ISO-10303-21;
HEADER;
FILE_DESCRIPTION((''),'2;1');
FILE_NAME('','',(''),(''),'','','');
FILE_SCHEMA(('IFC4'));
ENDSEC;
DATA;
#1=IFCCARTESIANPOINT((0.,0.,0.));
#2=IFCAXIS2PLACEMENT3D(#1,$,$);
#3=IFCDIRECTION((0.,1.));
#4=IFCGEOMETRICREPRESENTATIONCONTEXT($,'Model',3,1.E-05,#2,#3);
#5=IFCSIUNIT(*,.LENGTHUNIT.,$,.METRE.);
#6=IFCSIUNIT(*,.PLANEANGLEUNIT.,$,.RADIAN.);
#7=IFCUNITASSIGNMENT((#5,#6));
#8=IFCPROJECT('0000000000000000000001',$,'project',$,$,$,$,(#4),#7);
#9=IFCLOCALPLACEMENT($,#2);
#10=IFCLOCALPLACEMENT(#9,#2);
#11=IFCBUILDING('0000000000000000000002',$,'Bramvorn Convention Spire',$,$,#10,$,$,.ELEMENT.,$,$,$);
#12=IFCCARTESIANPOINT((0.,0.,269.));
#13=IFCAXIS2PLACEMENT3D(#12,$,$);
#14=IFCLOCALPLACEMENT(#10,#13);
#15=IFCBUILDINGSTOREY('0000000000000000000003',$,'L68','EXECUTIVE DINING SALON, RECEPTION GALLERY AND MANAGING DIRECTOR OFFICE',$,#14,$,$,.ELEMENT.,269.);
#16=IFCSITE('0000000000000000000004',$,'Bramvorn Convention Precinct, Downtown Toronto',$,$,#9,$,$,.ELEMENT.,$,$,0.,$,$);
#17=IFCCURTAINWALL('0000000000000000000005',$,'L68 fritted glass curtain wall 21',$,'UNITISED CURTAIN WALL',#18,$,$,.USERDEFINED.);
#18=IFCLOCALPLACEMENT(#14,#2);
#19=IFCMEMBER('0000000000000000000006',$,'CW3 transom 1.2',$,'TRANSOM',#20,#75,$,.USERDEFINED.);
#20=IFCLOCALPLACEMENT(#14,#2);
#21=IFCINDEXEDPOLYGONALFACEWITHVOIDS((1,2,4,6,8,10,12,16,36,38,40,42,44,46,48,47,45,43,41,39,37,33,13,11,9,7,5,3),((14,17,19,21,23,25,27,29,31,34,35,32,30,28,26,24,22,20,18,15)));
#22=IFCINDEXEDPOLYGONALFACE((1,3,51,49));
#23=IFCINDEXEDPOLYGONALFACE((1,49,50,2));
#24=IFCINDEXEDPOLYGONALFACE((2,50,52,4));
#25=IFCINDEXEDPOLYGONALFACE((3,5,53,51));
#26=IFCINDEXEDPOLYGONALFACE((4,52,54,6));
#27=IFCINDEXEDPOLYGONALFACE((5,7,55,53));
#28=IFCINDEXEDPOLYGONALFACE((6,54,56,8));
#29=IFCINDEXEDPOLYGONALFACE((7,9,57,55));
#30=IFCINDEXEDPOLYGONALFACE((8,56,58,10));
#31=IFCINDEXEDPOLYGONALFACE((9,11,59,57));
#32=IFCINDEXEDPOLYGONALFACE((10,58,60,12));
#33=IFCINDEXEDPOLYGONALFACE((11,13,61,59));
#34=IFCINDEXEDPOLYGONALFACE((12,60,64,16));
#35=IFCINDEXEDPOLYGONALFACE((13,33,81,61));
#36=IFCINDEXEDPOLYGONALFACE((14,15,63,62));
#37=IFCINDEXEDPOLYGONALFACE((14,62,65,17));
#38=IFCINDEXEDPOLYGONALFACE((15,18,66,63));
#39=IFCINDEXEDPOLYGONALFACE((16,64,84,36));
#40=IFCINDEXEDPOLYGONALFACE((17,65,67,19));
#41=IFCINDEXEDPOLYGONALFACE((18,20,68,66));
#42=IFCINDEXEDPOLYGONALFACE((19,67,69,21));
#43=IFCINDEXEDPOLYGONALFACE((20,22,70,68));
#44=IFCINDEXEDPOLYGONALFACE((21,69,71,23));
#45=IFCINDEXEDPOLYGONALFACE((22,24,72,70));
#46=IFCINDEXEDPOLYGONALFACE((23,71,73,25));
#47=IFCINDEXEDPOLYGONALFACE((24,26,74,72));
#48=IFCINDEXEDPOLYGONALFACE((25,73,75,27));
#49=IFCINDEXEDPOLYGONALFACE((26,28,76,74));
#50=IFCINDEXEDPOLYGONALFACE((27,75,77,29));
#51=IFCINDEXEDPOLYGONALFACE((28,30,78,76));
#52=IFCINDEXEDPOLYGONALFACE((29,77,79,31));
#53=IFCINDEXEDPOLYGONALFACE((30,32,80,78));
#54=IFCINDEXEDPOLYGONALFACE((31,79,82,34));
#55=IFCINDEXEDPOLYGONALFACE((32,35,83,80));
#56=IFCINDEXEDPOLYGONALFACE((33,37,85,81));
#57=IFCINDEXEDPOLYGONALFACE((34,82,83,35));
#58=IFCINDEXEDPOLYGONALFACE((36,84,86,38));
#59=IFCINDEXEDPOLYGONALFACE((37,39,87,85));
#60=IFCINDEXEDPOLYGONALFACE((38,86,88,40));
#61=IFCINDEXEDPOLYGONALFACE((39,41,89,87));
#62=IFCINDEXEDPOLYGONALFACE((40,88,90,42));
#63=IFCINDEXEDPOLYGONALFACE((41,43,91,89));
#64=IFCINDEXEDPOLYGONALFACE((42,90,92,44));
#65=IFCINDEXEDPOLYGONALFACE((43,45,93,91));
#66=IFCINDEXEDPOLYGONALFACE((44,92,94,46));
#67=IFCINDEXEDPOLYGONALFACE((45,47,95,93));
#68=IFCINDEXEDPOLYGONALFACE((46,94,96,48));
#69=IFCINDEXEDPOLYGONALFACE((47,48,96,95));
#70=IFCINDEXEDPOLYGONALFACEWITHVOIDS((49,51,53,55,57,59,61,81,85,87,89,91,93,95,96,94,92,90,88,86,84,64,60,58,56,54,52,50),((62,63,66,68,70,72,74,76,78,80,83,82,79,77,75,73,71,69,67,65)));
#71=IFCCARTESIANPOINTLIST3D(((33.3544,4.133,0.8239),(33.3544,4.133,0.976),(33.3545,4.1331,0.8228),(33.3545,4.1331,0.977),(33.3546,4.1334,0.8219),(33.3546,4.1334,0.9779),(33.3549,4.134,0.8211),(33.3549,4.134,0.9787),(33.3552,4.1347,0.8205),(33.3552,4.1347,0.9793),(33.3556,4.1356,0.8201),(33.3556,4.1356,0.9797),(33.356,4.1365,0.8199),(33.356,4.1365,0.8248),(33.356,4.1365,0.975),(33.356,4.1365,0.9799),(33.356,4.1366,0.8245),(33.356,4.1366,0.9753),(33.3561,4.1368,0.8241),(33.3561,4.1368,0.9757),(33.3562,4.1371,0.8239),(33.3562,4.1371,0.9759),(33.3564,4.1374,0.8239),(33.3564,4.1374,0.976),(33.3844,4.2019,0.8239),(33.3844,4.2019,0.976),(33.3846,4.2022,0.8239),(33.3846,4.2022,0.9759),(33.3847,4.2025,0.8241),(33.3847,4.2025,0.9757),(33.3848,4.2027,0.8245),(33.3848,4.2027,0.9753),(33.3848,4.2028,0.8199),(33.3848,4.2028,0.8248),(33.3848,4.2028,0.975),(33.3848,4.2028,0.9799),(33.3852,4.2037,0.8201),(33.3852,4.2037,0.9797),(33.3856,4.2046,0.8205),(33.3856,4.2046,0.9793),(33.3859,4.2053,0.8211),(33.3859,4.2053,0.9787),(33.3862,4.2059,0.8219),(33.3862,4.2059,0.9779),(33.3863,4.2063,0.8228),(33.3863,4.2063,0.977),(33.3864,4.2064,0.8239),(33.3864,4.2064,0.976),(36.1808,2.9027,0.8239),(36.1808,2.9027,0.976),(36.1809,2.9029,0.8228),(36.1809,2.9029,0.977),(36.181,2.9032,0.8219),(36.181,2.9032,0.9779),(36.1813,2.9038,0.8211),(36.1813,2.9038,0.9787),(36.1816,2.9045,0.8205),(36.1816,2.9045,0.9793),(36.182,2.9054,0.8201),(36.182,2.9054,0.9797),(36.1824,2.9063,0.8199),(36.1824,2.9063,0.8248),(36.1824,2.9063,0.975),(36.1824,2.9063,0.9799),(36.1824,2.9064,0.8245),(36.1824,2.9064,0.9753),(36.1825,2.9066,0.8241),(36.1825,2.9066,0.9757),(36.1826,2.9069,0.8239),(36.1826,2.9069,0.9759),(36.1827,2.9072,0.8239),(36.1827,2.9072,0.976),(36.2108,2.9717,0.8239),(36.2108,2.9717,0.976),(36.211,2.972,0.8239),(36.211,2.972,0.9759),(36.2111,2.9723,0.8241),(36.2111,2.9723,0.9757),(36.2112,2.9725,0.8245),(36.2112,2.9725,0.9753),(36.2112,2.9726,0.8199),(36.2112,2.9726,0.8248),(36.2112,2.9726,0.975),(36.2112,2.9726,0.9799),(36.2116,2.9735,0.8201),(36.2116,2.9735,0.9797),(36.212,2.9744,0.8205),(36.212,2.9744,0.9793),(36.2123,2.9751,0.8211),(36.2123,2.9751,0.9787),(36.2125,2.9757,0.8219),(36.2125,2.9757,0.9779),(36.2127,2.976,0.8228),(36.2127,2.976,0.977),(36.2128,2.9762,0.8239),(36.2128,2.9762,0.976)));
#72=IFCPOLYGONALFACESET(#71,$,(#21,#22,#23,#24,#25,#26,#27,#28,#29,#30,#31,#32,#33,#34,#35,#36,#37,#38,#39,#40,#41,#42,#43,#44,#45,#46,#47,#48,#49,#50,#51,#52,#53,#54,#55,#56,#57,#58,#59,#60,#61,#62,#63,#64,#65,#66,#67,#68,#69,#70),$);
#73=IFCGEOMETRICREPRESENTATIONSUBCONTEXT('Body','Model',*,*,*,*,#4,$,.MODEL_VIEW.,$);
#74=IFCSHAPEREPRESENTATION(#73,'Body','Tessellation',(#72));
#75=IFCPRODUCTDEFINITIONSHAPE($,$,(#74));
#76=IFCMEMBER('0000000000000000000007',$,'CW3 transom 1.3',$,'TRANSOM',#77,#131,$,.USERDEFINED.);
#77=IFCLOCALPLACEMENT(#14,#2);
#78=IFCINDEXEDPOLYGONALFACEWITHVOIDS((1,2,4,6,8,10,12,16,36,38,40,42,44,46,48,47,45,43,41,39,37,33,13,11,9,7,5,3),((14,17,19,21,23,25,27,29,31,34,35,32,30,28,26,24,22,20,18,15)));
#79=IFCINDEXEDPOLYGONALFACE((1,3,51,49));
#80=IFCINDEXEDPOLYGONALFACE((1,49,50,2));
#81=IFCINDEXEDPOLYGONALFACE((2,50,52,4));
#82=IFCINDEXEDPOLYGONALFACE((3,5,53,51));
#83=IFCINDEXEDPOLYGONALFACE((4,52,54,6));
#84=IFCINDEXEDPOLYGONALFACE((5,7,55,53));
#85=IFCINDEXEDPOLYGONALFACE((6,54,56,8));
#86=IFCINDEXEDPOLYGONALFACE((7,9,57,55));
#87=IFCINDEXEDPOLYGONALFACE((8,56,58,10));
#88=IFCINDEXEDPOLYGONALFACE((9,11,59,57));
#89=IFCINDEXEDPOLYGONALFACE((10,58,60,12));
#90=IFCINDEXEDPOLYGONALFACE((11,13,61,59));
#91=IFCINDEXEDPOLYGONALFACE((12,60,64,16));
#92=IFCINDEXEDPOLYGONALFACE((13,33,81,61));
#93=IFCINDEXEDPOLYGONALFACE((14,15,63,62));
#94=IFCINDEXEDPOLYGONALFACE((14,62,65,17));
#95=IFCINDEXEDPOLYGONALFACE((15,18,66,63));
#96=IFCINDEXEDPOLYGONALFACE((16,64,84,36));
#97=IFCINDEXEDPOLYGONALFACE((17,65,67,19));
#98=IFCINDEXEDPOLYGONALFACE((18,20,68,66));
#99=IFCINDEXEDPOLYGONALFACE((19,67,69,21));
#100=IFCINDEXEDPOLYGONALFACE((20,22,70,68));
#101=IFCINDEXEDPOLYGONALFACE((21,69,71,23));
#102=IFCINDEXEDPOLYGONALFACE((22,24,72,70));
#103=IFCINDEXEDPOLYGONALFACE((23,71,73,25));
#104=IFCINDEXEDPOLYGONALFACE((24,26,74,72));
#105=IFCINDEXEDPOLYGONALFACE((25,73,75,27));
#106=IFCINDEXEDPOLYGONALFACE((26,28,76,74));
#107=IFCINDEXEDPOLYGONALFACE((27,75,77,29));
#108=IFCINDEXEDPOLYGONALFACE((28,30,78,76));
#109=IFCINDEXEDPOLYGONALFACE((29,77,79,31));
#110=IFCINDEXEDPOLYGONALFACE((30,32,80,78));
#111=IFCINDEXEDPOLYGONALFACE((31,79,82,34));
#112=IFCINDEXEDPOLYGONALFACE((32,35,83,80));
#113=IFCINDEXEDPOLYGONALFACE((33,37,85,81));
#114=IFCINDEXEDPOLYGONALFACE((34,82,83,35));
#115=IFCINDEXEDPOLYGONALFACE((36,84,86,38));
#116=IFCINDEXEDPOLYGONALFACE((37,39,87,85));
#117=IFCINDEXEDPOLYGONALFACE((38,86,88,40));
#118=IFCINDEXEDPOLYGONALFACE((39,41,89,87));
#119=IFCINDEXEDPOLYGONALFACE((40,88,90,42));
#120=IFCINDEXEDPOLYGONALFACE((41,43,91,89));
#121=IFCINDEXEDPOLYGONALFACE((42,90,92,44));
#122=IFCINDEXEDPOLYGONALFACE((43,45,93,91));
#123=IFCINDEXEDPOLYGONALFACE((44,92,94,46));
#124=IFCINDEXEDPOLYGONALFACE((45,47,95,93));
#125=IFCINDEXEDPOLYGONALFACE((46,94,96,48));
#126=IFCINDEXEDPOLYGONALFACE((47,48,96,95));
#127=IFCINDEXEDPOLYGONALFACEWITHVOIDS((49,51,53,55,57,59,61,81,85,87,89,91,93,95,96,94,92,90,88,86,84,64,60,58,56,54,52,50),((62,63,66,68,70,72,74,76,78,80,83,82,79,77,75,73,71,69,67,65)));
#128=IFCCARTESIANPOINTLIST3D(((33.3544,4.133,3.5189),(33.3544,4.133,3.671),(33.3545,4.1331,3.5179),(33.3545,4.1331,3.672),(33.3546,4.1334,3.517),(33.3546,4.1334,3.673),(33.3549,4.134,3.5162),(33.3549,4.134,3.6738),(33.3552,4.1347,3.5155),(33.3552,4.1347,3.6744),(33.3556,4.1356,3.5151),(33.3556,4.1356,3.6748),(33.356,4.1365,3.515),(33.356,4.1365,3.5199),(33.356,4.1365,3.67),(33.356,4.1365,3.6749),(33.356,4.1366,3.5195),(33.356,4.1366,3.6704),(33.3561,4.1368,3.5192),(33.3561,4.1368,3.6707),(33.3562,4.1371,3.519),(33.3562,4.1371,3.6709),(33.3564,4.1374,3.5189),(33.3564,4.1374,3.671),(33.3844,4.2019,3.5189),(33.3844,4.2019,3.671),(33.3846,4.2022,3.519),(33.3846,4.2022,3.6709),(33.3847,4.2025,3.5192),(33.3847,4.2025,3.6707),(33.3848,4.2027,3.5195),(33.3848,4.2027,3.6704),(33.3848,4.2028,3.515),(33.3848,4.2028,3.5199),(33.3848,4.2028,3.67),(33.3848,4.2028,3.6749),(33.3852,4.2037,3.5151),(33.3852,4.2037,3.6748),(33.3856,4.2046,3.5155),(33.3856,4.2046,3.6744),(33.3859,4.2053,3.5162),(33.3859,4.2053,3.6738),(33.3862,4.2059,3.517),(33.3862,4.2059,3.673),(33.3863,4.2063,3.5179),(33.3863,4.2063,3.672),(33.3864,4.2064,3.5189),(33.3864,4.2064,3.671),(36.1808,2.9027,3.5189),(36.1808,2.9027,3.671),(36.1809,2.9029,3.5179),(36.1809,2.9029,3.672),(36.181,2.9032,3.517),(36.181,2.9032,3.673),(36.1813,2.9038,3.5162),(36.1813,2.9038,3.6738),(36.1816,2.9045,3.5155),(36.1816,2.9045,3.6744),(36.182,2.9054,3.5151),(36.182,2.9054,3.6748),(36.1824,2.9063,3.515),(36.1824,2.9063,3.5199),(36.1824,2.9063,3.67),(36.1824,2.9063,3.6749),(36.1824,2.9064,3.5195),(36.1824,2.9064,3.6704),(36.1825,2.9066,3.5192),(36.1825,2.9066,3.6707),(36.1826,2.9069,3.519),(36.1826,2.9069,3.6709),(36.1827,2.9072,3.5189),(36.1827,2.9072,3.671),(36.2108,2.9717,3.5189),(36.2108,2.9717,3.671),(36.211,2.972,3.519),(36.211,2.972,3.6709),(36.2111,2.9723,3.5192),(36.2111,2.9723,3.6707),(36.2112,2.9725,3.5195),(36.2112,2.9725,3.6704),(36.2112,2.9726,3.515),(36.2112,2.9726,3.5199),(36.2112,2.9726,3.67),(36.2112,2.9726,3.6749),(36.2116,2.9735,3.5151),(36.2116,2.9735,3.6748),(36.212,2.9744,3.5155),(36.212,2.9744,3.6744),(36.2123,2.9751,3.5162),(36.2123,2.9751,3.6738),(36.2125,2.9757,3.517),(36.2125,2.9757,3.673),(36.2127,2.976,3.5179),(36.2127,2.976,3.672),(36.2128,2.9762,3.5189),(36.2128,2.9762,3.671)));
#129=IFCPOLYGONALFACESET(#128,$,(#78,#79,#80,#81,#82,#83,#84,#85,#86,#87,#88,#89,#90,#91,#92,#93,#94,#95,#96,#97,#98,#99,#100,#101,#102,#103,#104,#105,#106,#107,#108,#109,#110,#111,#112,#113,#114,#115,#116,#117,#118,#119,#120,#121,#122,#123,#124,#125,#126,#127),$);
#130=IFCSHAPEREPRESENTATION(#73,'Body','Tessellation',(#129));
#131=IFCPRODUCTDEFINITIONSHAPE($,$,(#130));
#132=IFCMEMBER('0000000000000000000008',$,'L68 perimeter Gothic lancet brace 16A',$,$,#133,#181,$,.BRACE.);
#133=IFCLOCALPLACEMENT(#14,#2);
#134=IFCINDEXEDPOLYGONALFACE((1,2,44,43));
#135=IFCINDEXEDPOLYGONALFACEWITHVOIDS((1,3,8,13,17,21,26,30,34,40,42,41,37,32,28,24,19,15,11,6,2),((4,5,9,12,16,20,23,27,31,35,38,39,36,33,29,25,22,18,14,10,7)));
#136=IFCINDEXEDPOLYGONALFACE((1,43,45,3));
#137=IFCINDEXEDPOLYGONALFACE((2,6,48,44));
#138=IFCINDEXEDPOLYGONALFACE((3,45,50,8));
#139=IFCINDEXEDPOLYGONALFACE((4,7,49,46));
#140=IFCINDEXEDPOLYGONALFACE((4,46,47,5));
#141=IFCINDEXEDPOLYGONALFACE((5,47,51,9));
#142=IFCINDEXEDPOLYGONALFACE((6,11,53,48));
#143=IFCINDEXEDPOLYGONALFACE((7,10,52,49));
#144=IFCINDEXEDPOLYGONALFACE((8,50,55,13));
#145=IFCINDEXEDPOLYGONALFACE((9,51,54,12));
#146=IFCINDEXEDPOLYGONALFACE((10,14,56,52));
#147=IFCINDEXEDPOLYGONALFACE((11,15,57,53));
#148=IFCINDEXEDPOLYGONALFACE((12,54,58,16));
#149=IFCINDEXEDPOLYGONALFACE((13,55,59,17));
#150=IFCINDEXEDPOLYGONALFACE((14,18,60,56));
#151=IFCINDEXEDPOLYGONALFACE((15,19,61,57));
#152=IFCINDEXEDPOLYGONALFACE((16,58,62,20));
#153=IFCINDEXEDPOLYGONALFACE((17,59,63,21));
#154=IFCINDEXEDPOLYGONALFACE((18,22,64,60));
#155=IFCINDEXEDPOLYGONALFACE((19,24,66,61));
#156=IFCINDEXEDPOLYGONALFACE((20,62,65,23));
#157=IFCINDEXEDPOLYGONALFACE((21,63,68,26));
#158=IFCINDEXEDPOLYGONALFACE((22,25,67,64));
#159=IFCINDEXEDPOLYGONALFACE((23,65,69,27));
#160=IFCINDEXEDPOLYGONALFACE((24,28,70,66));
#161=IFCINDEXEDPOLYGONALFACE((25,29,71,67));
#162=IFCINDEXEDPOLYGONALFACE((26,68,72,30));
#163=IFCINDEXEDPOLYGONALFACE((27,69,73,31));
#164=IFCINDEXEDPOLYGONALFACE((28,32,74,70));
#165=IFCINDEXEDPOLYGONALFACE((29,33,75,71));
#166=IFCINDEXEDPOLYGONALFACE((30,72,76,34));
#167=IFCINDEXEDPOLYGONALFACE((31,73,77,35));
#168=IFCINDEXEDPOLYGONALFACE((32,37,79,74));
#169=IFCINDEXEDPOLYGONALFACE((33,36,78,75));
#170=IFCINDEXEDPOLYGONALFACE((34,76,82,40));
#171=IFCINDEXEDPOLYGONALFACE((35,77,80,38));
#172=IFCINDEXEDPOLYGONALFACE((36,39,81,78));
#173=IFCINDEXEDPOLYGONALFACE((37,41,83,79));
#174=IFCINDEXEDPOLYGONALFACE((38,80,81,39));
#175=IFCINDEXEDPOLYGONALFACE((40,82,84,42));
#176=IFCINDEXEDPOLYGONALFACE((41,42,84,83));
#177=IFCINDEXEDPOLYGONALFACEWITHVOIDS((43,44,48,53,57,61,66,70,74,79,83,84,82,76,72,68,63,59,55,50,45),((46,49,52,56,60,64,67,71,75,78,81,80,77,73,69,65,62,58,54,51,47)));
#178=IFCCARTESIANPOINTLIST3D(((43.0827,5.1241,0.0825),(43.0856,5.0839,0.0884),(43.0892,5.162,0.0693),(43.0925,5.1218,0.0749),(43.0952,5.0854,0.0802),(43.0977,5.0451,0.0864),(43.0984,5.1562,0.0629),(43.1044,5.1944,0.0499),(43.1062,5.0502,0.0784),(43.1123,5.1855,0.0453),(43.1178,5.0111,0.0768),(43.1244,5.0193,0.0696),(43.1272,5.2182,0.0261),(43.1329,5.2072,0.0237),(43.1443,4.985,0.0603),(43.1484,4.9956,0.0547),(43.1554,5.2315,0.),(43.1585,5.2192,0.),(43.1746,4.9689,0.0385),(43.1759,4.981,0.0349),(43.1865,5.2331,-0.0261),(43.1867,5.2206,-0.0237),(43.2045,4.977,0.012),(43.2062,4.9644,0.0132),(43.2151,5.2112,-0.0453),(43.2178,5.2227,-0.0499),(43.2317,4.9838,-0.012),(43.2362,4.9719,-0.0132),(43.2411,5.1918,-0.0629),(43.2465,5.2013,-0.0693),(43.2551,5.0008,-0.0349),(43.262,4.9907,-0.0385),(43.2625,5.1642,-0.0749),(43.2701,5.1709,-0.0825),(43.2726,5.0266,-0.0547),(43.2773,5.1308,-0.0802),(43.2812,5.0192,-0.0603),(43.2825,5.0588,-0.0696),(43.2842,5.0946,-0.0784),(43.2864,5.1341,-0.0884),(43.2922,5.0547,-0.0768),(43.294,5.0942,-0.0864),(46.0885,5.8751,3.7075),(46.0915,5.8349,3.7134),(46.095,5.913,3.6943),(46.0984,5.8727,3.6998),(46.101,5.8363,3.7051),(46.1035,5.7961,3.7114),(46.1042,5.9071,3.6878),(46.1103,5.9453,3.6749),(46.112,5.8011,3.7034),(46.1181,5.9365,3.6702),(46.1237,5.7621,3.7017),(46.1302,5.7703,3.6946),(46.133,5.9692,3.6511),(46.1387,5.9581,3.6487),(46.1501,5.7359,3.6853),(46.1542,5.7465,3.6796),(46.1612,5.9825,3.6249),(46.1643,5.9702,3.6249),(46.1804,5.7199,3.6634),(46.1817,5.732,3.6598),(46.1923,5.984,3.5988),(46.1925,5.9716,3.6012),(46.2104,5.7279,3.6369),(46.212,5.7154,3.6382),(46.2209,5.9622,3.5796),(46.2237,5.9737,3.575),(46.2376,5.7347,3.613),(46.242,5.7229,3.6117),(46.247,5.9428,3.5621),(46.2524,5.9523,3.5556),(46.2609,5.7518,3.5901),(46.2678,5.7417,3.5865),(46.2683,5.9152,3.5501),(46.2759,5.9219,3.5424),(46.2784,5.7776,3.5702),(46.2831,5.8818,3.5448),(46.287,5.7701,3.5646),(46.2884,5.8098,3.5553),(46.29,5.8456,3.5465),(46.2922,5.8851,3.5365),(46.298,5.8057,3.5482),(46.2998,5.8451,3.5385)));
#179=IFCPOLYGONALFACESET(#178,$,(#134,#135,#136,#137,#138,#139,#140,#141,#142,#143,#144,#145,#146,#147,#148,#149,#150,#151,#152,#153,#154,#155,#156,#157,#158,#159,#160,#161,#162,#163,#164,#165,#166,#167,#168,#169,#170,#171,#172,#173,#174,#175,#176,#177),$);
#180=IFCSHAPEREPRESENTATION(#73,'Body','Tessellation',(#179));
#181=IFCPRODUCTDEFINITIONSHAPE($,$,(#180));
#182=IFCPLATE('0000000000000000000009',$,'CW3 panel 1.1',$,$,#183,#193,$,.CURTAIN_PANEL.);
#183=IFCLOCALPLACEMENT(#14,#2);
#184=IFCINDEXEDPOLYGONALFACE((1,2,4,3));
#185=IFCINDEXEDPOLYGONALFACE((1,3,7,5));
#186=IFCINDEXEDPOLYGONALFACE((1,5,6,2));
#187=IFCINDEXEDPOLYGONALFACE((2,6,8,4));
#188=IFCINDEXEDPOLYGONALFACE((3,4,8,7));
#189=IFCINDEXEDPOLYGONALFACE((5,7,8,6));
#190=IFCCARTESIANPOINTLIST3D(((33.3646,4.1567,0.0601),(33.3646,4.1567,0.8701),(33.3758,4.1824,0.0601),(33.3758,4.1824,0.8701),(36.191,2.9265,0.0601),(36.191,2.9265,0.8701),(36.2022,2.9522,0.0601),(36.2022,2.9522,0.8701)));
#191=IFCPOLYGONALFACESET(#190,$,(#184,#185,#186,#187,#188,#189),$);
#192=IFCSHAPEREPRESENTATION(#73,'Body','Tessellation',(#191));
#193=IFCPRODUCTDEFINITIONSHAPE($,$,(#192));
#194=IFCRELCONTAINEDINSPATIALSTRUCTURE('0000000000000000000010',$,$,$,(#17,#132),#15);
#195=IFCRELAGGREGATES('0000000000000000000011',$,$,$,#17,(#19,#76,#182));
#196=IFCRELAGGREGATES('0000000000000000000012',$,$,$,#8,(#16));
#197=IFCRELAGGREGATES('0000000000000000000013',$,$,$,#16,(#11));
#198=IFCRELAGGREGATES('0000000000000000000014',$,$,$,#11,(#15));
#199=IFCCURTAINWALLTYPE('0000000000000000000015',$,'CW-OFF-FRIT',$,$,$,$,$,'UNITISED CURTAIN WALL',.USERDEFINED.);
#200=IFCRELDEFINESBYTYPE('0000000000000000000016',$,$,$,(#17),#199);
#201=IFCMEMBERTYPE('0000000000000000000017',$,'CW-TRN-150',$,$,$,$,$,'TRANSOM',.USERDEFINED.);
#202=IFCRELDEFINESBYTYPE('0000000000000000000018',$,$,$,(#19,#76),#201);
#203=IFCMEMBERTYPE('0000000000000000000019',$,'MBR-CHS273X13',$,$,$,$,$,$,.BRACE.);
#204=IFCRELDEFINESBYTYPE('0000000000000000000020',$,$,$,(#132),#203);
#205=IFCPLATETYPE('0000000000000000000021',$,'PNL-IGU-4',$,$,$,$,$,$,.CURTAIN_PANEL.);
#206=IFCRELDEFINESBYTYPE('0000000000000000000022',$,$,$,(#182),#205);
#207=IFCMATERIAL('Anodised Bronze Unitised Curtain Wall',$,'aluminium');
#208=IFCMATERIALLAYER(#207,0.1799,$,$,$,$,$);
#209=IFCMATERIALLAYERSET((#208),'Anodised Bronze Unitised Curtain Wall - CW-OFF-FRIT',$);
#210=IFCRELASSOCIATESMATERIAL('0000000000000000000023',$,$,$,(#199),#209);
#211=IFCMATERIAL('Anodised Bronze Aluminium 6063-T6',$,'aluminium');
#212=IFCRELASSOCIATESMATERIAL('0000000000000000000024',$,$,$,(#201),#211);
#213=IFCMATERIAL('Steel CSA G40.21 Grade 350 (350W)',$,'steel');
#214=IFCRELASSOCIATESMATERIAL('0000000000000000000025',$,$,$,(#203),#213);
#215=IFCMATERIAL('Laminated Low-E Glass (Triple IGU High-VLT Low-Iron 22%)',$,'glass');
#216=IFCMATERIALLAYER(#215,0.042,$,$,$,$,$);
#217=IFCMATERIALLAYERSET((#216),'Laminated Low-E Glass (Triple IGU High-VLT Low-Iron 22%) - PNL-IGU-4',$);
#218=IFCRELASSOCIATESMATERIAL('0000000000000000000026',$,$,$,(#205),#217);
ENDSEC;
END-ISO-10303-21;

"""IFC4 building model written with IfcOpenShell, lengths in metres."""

from ifc_helpers import new_model, si_unit, direction, frame, origin, origin_2d, place, context, subcontext, project, spatial, rectangle, hollow_rectangle, hollow_circle, extrude, material, layer, layer_set, material_profile, profile_set, type_object, element, aggregate, save


model = new_model("IFC4")

# Units and contexts
model_context = context("Model", 3, precision=1e-05, world=origin(), true_north=direction((0.0, 1.0)))
body_context = subcontext(model_context, "Body", "Model", "MODEL_VIEW")
ifc_project = project(units=[si_unit("LENGTHUNIT", "METRE"), si_unit("PLANEANGLEUNIT", "RADIAN")], contexts=[model_context])

# Site, building, storey
site_placement = place(None, origin())
site = spatial("IfcSite", under=ifc_project, at=site_placement, Name="Bramvorn Convention Precinct, Downtown Toronto", CompositionType="ELEMENT", RefElevation=0.0)
building_placement = place(site_placement, origin())
building = spatial("IfcBuilding", under=site, at=building_placement, Name="Bramvorn Convention Spire", CompositionType="ELEMENT")
storey_placement = place(building_placement, frame((0.0, 0.0, 269.0)))
storey = spatial("IfcBuildingStorey", under=building, at=storey_placement, Name="L68", Description="EXECUTIVE DINING SALON, RECEPTION GALLERY AND MANAGING DIRECTOR OFFICE", CompositionType="ELEMENT", Elevation=269.0)

# Shared definitions
ifc_material_1 = material(Name="Steel CSA G40.21 Grade 350 (350W)", Category="steel")

# Curtain wall, members
ifc_material_2 = material(Name="Anodised Bronze Unitised Curtain Wall", Category="aluminium")
ifc_layer_1 = layer(ifc_material_2, 0.1799)
ifc_layer_set_1 = layer_set([ifc_layer_1], Name="Anodised Bronze Unitised Curtain Wall - CW-OFF-FRIT")
curtain_wall_type = type_object("IfcCurtainWallType", Name="CW-OFF-FRIT", ElementType="UNITISED CURTAIN WALL", PredefinedType="USERDEFINED", material=ifc_layer_set_1)
curtain_wall_placement = place(storey_placement, origin())
curtain_wall = element("IfcCurtainWall", 1, at=curtain_wall_placement, inside=storey, type_object=curtain_wall_type, Name="L68 fritted glass curtain wall 21", ObjectType="UNITISED CURTAIN WALL", PredefinedType="USERDEFINED")
ifc_material_3 = material(Name="Anodised Bronze Aluminium 6063-T6", Category="aluminium")
ifc_material_profile_1 = material_profile(ifc_material_3, hollow_rectangle(XDim=0.0801, YDim=0.1599, WallThickness=0.0039, InnerFilletRadius=0.001, OuterFilletRadius=0.0039, at=origin_2d()))
ifc_profile_set_1 = profile_set([ifc_material_profile_1], Name="Anodised Bronze Aluminium 6063-T6 - CWT80X160")
member_type_1 = type_object("IfcMemberType", Name="CW-TRN-150", ElementType="TRANSOM", PredefinedType="USERDEFINED", material=ifc_profile_set_1)
member_1_placement = place(storey_placement, frame((36.1968, 2.9395, 0.8999), z_axis=(-0.91691, 0.399094, 0.0), x_axis=(-0.399094, -0.91691, 0.0)))
member_1 = element("IfcMember", 2, at=member_1_placement, type_object=member_type_1, Name="CW3 transom 1.2", ObjectType="TRANSOM", PredefinedType="USERDEFINED", context=body_context, shape_type="SweptSolid", body=[
    extrude(hollow_rectangle(XDim=0.0801, YDim=0.1599, WallThickness=0.0039, InnerFilletRadius=0.001, OuterFilletRadius=0.0039, at=origin_2d()), origin(), (0.0, 0.0, 1.0), 3.0825),
])
member_2_placement = place(storey_placement, frame((36.1968, 2.9395, 3.595), z_axis=(-0.91691, 0.399094, 0.0), x_axis=(-0.399094, -0.91691, 0.0)))
member_2 = element("IfcMember", 3, at=member_2_placement, type_object=member_type_1, Name="CW3 transom 1.3", ObjectType="TRANSOM", PredefinedType="USERDEFINED", context=body_context, shape_type="SweptSolid", body=[
    extrude(hollow_rectangle(XDim=0.0801, YDim=0.1599, WallThickness=0.0039, InnerFilletRadius=0.001, OuterFilletRadius=0.0039, at=origin_2d()), origin(), (0.0, 0.0, 1.0), 3.0825),
])

# Member
ifc_material_profile_2 = material_profile(ifc_material_1, hollow_circle(Radius=0.1365, WallThickness=0.0127, at=origin_2d()))
ifc_profile_set_2 = profile_set([ifc_material_profile_2], Name="Steel CSA G40.21 Grade 350 (350W) - CHS273X13")
member_type_2 = type_object("IfcMemberType", Name="MBR-CHS273X13", PredefinedType="BRACE", material=ifc_profile_set_2)
member_3_placement = place(storey_placement, frame((43.1885, 5.0991, 0.0), z_axis=(0.630341, 0.157483, 0.760177), x_axis=(-0.242387, 0.97018, 0.0)))
element("IfcMember", 4, at=member_3_placement, inside=storey, type_object=member_type_2, Name="L68 perimeter Gothic lancet brace 16A", PredefinedType="BRACE", context=body_context, shape_type="SweptSolid", body=[
    extrude(hollow_circle(Radius=0.1365, WallThickness=0.0127, at=origin_2d()), origin(), (0.0, 0.0, 1.0), 4.7686),
])

# Plate
ifc_material_4 = material(Name="Laminated Low-E Glass (Triple IGU High-VLT Low-Iron 22%)", Category="glass")
ifc_layer_2 = layer(ifc_material_4, 0.042)
ifc_layer_set_2 = layer_set([ifc_layer_2], Name="Laminated Low-E Glass (Triple IGU High-VLT Low-Iron 22%) - PNL-IGU-4")
plate_type = type_object("IfcPlateType", Name="PNL-IGU-4", PredefinedType="CURTAIN_PANEL", material=ifc_layer_set_2)
plate_1_placement = place(storey_placement, frame((34.7834, 3.5544, 0.0601), z_axis=(0.0, 0.0, 1.0), x_axis=(-0.916912, 0.399089, 0.0)))
plate_1 = element("IfcPlate", 5, at=plate_1_placement, type_object=plate_type, Name="CW3 panel 1.1", PredefinedType="CURTAIN_PANEL", context=body_context, shape_type="SweptSolid", body=[
    extrude(rectangle(XDim=3.0825, YDim=0.0281, at=origin_2d()), origin(), (0.0, 0.0, 1.0), 0.8101),
])
aggregate(curtain_wall, [member_1, member_2, plate_1])

save(model, "model.ifc")
